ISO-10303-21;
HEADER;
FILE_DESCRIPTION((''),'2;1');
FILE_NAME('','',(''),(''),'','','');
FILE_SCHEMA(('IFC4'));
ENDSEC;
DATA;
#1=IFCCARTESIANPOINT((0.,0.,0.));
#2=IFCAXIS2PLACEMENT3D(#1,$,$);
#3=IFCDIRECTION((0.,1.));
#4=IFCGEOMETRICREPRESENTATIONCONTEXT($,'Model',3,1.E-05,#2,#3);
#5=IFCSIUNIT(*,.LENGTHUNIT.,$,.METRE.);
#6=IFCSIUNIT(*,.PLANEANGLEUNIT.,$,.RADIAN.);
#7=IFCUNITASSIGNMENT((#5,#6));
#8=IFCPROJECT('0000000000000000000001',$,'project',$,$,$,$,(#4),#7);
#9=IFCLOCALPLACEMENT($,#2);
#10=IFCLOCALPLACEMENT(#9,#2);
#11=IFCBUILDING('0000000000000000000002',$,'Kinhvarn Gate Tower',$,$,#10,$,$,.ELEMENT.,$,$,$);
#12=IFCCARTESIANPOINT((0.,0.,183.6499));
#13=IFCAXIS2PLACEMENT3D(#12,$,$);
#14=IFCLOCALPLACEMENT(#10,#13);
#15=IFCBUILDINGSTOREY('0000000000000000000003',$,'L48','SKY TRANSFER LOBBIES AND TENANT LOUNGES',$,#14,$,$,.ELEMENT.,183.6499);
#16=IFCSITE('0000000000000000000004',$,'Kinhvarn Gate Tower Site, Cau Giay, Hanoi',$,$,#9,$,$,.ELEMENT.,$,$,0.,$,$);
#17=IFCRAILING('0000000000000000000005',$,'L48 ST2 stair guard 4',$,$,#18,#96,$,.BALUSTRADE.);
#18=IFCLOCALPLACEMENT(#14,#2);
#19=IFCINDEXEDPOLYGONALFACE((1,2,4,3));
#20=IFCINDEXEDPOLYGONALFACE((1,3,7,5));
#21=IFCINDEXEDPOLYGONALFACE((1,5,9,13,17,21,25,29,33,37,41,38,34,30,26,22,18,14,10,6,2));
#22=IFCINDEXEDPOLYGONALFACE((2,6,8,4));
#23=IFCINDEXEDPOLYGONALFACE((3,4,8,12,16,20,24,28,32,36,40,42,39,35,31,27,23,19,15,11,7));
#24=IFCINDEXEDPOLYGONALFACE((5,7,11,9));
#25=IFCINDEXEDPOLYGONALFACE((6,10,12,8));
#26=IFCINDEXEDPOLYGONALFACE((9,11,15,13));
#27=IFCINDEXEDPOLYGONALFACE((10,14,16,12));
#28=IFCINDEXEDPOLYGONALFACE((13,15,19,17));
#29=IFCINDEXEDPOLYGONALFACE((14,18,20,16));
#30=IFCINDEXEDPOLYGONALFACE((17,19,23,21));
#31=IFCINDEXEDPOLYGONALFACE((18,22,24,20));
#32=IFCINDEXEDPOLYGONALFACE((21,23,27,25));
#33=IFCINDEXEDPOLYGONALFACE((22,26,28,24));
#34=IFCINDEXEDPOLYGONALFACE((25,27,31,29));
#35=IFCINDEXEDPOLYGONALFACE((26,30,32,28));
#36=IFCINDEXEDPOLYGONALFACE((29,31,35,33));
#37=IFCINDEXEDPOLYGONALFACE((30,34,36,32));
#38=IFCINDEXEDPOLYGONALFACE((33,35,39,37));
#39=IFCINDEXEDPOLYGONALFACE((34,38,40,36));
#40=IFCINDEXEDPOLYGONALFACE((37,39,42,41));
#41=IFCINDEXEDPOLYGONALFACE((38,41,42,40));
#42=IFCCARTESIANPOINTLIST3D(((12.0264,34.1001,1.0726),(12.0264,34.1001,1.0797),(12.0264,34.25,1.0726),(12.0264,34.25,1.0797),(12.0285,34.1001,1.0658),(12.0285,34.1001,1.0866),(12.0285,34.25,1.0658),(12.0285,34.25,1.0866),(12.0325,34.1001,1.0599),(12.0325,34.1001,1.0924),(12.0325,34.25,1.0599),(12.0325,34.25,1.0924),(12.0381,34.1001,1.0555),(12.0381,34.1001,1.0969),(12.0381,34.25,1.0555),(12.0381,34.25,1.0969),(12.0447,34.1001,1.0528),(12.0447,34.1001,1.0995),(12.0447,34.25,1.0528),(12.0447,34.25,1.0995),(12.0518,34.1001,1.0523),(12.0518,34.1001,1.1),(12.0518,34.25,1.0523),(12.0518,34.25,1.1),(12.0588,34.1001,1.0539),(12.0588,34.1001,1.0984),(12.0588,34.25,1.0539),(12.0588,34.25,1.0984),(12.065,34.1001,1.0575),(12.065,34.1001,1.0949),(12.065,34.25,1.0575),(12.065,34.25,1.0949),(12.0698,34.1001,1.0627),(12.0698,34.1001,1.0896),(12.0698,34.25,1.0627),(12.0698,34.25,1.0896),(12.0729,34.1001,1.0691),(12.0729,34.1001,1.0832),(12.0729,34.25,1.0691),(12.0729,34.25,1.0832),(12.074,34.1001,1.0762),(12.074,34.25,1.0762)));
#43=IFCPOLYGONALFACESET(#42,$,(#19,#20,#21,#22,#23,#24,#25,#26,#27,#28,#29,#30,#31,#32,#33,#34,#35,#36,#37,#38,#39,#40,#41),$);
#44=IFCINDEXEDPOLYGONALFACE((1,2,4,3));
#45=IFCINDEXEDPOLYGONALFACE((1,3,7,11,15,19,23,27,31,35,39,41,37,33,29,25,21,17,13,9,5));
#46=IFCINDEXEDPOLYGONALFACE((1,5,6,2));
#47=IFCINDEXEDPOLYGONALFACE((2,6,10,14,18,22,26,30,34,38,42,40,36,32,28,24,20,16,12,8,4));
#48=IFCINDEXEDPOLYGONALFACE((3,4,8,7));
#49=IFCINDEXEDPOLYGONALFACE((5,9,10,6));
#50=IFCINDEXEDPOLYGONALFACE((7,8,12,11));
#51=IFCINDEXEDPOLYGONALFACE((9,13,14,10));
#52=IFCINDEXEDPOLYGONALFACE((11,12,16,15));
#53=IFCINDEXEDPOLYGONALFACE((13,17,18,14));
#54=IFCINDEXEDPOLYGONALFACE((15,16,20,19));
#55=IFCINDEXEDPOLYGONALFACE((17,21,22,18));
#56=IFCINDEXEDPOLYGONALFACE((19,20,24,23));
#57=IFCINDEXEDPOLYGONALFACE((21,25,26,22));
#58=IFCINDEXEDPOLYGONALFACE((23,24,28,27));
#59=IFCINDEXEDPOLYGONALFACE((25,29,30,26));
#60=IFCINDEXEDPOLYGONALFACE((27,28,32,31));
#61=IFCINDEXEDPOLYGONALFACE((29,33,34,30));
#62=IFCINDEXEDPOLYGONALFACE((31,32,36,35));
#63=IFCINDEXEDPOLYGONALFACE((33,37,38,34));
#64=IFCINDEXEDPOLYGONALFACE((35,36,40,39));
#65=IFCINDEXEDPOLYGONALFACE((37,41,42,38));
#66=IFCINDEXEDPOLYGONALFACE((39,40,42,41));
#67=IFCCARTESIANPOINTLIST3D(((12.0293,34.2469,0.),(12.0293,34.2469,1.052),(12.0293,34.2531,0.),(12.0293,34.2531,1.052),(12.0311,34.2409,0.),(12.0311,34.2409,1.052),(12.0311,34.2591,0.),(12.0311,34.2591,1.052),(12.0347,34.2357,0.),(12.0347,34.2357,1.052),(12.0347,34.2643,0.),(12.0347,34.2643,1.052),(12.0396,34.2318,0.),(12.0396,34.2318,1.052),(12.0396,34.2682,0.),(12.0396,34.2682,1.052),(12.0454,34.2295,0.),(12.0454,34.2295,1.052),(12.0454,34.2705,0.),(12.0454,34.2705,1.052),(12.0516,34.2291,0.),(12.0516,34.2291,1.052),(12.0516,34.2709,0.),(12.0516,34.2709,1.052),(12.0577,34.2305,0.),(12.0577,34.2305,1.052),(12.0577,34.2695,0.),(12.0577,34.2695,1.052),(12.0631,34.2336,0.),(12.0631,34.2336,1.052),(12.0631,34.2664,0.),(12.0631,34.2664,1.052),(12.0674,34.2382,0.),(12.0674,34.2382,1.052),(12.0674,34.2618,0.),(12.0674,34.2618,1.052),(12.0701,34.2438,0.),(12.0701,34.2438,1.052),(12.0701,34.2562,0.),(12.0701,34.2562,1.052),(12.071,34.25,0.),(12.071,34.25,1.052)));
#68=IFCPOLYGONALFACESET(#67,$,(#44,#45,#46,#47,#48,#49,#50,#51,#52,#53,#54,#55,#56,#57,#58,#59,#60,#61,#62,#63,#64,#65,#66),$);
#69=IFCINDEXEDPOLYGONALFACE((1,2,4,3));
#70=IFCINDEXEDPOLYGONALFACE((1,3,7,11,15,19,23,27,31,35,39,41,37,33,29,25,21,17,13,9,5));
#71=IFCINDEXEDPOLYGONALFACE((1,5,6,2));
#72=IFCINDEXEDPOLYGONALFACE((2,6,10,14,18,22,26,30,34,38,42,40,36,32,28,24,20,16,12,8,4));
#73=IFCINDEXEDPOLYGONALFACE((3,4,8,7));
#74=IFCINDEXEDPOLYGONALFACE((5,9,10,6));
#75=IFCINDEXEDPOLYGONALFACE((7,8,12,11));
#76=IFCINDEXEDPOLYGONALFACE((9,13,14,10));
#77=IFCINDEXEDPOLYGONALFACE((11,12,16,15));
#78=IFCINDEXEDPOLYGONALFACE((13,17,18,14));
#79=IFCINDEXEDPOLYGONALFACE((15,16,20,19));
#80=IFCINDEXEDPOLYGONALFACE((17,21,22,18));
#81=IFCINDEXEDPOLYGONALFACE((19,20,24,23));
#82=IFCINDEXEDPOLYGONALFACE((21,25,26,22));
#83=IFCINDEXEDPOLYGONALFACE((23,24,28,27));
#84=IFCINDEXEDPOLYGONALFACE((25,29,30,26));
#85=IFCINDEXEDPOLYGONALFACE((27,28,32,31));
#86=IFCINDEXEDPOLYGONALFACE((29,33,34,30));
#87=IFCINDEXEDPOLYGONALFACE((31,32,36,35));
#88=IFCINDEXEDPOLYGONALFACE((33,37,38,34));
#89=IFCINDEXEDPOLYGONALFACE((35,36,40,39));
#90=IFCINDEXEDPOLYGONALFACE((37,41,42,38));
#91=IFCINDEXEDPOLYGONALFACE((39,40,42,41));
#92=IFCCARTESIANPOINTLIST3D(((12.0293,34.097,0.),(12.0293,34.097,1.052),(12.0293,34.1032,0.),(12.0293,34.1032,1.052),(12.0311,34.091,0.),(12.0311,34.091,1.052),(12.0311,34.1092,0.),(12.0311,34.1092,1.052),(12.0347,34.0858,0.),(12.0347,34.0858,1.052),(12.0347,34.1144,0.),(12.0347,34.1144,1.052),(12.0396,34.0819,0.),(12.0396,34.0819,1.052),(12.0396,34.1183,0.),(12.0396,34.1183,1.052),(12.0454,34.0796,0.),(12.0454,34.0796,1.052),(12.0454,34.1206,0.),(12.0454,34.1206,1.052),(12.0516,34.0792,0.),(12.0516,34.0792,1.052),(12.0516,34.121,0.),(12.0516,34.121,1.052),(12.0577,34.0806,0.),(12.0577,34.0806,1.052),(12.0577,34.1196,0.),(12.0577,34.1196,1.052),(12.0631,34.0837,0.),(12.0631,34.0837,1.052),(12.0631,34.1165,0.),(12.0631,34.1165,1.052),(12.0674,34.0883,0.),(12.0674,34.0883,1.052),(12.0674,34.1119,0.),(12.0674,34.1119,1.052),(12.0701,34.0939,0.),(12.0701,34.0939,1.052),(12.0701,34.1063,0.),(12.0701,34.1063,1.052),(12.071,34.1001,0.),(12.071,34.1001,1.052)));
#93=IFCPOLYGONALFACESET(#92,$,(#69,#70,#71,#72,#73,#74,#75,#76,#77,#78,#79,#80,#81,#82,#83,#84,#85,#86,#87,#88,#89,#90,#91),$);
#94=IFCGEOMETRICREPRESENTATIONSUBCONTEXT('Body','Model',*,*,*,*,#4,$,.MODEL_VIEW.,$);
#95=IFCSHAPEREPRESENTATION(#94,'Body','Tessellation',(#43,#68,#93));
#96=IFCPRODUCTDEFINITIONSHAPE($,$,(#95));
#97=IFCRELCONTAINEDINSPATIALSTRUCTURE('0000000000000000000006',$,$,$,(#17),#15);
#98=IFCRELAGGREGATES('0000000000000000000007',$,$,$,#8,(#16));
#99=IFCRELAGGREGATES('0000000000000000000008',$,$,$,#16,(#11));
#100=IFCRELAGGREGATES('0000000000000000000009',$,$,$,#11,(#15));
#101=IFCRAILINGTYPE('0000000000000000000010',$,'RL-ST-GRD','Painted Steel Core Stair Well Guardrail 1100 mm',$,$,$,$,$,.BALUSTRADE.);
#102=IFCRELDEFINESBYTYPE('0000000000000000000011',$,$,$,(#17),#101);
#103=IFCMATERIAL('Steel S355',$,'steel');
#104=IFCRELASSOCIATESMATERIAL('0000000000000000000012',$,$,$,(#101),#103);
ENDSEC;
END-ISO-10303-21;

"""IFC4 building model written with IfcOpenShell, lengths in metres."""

from ifc_helpers import new_model, si_unit, direction, frame, origin, origin_2d, place, context, subcontext, project, spatial, circle, extrude, material, type_object, element, save


model = new_model("IFC4")

# Units and contexts
model_context = context("Model", 3, precision=1e-05, world=origin(), true_north=direction((0.0, 1.0)))
body_context = subcontext(model_context, "Body", "Model", "MODEL_VIEW")
ifc_project = project(units=[si_unit("LENGTHUNIT", "METRE"), si_unit("PLANEANGLEUNIT", "RADIAN")], contexts=[model_context])

# Site, building, storey
site_placement = place(None, origin())
site = spatial("IfcSite", under=ifc_project, at=site_placement, Name="Kinhvarn Gate Tower Site, Cau Giay, Hanoi", CompositionType="ELEMENT", RefElevation=0.0)
building_placement = place(site_placement, origin())
building = spatial("IfcBuilding", under=site, at=building_placement, Name="Kinhvarn Gate Tower", CompositionType="ELEMENT")
storey_placement = place(building_placement, frame((0.0, 0.0, 183.6499)))
storey = spatial("IfcBuildingStorey", under=building, at=storey_placement, Name="L48", Description="SKY TRANSFER LOBBIES AND TENANT LOUNGES", CompositionType="ELEMENT", Elevation=183.6499)

# Shared definitions
ifc_material_1 = material(Name="Steel S355", Category="steel")

# Railing
railing_type_1 = type_object("IfcRailingType", Name="RL-ST-GRD", Description="Painted Steel Core Stair Well Guardrail 1100 mm", PredefinedType="BALUSTRADE", material=ifc_material_1)
railing_1_placement = place(storey_placement, frame((12.05, 34.25, 0.0)))
element("IfcRailing", 1, at=railing_1_placement, inside=storey, type_object=railing_type_1, Name="L48 ST2 stair guard 4", PredefinedType="BALUSTRADE", context=body_context, shape_type="SweptSolid", body=[
    extrude(circle(Radius=0.0239, at=origin_2d()), frame((0.0, 0.0, 1.0762), z_axis=(0.0, -1.0, 0.0), x_axis=(1.0, 0.0, 0.0)), (0.0, 0.0, 1.0), 0.1499),
    extrude(circle(Radius=0.021, at=origin_2d()), origin(), (0.0, 0.0, 1.0), 1.052),
    extrude(circle(Radius=0.021, at=origin_2d()), frame((0.0, -0.1499, 0.0)), (0.0, 0.0, 1.0), 1.052),
])

save(model, "model.ifc")
